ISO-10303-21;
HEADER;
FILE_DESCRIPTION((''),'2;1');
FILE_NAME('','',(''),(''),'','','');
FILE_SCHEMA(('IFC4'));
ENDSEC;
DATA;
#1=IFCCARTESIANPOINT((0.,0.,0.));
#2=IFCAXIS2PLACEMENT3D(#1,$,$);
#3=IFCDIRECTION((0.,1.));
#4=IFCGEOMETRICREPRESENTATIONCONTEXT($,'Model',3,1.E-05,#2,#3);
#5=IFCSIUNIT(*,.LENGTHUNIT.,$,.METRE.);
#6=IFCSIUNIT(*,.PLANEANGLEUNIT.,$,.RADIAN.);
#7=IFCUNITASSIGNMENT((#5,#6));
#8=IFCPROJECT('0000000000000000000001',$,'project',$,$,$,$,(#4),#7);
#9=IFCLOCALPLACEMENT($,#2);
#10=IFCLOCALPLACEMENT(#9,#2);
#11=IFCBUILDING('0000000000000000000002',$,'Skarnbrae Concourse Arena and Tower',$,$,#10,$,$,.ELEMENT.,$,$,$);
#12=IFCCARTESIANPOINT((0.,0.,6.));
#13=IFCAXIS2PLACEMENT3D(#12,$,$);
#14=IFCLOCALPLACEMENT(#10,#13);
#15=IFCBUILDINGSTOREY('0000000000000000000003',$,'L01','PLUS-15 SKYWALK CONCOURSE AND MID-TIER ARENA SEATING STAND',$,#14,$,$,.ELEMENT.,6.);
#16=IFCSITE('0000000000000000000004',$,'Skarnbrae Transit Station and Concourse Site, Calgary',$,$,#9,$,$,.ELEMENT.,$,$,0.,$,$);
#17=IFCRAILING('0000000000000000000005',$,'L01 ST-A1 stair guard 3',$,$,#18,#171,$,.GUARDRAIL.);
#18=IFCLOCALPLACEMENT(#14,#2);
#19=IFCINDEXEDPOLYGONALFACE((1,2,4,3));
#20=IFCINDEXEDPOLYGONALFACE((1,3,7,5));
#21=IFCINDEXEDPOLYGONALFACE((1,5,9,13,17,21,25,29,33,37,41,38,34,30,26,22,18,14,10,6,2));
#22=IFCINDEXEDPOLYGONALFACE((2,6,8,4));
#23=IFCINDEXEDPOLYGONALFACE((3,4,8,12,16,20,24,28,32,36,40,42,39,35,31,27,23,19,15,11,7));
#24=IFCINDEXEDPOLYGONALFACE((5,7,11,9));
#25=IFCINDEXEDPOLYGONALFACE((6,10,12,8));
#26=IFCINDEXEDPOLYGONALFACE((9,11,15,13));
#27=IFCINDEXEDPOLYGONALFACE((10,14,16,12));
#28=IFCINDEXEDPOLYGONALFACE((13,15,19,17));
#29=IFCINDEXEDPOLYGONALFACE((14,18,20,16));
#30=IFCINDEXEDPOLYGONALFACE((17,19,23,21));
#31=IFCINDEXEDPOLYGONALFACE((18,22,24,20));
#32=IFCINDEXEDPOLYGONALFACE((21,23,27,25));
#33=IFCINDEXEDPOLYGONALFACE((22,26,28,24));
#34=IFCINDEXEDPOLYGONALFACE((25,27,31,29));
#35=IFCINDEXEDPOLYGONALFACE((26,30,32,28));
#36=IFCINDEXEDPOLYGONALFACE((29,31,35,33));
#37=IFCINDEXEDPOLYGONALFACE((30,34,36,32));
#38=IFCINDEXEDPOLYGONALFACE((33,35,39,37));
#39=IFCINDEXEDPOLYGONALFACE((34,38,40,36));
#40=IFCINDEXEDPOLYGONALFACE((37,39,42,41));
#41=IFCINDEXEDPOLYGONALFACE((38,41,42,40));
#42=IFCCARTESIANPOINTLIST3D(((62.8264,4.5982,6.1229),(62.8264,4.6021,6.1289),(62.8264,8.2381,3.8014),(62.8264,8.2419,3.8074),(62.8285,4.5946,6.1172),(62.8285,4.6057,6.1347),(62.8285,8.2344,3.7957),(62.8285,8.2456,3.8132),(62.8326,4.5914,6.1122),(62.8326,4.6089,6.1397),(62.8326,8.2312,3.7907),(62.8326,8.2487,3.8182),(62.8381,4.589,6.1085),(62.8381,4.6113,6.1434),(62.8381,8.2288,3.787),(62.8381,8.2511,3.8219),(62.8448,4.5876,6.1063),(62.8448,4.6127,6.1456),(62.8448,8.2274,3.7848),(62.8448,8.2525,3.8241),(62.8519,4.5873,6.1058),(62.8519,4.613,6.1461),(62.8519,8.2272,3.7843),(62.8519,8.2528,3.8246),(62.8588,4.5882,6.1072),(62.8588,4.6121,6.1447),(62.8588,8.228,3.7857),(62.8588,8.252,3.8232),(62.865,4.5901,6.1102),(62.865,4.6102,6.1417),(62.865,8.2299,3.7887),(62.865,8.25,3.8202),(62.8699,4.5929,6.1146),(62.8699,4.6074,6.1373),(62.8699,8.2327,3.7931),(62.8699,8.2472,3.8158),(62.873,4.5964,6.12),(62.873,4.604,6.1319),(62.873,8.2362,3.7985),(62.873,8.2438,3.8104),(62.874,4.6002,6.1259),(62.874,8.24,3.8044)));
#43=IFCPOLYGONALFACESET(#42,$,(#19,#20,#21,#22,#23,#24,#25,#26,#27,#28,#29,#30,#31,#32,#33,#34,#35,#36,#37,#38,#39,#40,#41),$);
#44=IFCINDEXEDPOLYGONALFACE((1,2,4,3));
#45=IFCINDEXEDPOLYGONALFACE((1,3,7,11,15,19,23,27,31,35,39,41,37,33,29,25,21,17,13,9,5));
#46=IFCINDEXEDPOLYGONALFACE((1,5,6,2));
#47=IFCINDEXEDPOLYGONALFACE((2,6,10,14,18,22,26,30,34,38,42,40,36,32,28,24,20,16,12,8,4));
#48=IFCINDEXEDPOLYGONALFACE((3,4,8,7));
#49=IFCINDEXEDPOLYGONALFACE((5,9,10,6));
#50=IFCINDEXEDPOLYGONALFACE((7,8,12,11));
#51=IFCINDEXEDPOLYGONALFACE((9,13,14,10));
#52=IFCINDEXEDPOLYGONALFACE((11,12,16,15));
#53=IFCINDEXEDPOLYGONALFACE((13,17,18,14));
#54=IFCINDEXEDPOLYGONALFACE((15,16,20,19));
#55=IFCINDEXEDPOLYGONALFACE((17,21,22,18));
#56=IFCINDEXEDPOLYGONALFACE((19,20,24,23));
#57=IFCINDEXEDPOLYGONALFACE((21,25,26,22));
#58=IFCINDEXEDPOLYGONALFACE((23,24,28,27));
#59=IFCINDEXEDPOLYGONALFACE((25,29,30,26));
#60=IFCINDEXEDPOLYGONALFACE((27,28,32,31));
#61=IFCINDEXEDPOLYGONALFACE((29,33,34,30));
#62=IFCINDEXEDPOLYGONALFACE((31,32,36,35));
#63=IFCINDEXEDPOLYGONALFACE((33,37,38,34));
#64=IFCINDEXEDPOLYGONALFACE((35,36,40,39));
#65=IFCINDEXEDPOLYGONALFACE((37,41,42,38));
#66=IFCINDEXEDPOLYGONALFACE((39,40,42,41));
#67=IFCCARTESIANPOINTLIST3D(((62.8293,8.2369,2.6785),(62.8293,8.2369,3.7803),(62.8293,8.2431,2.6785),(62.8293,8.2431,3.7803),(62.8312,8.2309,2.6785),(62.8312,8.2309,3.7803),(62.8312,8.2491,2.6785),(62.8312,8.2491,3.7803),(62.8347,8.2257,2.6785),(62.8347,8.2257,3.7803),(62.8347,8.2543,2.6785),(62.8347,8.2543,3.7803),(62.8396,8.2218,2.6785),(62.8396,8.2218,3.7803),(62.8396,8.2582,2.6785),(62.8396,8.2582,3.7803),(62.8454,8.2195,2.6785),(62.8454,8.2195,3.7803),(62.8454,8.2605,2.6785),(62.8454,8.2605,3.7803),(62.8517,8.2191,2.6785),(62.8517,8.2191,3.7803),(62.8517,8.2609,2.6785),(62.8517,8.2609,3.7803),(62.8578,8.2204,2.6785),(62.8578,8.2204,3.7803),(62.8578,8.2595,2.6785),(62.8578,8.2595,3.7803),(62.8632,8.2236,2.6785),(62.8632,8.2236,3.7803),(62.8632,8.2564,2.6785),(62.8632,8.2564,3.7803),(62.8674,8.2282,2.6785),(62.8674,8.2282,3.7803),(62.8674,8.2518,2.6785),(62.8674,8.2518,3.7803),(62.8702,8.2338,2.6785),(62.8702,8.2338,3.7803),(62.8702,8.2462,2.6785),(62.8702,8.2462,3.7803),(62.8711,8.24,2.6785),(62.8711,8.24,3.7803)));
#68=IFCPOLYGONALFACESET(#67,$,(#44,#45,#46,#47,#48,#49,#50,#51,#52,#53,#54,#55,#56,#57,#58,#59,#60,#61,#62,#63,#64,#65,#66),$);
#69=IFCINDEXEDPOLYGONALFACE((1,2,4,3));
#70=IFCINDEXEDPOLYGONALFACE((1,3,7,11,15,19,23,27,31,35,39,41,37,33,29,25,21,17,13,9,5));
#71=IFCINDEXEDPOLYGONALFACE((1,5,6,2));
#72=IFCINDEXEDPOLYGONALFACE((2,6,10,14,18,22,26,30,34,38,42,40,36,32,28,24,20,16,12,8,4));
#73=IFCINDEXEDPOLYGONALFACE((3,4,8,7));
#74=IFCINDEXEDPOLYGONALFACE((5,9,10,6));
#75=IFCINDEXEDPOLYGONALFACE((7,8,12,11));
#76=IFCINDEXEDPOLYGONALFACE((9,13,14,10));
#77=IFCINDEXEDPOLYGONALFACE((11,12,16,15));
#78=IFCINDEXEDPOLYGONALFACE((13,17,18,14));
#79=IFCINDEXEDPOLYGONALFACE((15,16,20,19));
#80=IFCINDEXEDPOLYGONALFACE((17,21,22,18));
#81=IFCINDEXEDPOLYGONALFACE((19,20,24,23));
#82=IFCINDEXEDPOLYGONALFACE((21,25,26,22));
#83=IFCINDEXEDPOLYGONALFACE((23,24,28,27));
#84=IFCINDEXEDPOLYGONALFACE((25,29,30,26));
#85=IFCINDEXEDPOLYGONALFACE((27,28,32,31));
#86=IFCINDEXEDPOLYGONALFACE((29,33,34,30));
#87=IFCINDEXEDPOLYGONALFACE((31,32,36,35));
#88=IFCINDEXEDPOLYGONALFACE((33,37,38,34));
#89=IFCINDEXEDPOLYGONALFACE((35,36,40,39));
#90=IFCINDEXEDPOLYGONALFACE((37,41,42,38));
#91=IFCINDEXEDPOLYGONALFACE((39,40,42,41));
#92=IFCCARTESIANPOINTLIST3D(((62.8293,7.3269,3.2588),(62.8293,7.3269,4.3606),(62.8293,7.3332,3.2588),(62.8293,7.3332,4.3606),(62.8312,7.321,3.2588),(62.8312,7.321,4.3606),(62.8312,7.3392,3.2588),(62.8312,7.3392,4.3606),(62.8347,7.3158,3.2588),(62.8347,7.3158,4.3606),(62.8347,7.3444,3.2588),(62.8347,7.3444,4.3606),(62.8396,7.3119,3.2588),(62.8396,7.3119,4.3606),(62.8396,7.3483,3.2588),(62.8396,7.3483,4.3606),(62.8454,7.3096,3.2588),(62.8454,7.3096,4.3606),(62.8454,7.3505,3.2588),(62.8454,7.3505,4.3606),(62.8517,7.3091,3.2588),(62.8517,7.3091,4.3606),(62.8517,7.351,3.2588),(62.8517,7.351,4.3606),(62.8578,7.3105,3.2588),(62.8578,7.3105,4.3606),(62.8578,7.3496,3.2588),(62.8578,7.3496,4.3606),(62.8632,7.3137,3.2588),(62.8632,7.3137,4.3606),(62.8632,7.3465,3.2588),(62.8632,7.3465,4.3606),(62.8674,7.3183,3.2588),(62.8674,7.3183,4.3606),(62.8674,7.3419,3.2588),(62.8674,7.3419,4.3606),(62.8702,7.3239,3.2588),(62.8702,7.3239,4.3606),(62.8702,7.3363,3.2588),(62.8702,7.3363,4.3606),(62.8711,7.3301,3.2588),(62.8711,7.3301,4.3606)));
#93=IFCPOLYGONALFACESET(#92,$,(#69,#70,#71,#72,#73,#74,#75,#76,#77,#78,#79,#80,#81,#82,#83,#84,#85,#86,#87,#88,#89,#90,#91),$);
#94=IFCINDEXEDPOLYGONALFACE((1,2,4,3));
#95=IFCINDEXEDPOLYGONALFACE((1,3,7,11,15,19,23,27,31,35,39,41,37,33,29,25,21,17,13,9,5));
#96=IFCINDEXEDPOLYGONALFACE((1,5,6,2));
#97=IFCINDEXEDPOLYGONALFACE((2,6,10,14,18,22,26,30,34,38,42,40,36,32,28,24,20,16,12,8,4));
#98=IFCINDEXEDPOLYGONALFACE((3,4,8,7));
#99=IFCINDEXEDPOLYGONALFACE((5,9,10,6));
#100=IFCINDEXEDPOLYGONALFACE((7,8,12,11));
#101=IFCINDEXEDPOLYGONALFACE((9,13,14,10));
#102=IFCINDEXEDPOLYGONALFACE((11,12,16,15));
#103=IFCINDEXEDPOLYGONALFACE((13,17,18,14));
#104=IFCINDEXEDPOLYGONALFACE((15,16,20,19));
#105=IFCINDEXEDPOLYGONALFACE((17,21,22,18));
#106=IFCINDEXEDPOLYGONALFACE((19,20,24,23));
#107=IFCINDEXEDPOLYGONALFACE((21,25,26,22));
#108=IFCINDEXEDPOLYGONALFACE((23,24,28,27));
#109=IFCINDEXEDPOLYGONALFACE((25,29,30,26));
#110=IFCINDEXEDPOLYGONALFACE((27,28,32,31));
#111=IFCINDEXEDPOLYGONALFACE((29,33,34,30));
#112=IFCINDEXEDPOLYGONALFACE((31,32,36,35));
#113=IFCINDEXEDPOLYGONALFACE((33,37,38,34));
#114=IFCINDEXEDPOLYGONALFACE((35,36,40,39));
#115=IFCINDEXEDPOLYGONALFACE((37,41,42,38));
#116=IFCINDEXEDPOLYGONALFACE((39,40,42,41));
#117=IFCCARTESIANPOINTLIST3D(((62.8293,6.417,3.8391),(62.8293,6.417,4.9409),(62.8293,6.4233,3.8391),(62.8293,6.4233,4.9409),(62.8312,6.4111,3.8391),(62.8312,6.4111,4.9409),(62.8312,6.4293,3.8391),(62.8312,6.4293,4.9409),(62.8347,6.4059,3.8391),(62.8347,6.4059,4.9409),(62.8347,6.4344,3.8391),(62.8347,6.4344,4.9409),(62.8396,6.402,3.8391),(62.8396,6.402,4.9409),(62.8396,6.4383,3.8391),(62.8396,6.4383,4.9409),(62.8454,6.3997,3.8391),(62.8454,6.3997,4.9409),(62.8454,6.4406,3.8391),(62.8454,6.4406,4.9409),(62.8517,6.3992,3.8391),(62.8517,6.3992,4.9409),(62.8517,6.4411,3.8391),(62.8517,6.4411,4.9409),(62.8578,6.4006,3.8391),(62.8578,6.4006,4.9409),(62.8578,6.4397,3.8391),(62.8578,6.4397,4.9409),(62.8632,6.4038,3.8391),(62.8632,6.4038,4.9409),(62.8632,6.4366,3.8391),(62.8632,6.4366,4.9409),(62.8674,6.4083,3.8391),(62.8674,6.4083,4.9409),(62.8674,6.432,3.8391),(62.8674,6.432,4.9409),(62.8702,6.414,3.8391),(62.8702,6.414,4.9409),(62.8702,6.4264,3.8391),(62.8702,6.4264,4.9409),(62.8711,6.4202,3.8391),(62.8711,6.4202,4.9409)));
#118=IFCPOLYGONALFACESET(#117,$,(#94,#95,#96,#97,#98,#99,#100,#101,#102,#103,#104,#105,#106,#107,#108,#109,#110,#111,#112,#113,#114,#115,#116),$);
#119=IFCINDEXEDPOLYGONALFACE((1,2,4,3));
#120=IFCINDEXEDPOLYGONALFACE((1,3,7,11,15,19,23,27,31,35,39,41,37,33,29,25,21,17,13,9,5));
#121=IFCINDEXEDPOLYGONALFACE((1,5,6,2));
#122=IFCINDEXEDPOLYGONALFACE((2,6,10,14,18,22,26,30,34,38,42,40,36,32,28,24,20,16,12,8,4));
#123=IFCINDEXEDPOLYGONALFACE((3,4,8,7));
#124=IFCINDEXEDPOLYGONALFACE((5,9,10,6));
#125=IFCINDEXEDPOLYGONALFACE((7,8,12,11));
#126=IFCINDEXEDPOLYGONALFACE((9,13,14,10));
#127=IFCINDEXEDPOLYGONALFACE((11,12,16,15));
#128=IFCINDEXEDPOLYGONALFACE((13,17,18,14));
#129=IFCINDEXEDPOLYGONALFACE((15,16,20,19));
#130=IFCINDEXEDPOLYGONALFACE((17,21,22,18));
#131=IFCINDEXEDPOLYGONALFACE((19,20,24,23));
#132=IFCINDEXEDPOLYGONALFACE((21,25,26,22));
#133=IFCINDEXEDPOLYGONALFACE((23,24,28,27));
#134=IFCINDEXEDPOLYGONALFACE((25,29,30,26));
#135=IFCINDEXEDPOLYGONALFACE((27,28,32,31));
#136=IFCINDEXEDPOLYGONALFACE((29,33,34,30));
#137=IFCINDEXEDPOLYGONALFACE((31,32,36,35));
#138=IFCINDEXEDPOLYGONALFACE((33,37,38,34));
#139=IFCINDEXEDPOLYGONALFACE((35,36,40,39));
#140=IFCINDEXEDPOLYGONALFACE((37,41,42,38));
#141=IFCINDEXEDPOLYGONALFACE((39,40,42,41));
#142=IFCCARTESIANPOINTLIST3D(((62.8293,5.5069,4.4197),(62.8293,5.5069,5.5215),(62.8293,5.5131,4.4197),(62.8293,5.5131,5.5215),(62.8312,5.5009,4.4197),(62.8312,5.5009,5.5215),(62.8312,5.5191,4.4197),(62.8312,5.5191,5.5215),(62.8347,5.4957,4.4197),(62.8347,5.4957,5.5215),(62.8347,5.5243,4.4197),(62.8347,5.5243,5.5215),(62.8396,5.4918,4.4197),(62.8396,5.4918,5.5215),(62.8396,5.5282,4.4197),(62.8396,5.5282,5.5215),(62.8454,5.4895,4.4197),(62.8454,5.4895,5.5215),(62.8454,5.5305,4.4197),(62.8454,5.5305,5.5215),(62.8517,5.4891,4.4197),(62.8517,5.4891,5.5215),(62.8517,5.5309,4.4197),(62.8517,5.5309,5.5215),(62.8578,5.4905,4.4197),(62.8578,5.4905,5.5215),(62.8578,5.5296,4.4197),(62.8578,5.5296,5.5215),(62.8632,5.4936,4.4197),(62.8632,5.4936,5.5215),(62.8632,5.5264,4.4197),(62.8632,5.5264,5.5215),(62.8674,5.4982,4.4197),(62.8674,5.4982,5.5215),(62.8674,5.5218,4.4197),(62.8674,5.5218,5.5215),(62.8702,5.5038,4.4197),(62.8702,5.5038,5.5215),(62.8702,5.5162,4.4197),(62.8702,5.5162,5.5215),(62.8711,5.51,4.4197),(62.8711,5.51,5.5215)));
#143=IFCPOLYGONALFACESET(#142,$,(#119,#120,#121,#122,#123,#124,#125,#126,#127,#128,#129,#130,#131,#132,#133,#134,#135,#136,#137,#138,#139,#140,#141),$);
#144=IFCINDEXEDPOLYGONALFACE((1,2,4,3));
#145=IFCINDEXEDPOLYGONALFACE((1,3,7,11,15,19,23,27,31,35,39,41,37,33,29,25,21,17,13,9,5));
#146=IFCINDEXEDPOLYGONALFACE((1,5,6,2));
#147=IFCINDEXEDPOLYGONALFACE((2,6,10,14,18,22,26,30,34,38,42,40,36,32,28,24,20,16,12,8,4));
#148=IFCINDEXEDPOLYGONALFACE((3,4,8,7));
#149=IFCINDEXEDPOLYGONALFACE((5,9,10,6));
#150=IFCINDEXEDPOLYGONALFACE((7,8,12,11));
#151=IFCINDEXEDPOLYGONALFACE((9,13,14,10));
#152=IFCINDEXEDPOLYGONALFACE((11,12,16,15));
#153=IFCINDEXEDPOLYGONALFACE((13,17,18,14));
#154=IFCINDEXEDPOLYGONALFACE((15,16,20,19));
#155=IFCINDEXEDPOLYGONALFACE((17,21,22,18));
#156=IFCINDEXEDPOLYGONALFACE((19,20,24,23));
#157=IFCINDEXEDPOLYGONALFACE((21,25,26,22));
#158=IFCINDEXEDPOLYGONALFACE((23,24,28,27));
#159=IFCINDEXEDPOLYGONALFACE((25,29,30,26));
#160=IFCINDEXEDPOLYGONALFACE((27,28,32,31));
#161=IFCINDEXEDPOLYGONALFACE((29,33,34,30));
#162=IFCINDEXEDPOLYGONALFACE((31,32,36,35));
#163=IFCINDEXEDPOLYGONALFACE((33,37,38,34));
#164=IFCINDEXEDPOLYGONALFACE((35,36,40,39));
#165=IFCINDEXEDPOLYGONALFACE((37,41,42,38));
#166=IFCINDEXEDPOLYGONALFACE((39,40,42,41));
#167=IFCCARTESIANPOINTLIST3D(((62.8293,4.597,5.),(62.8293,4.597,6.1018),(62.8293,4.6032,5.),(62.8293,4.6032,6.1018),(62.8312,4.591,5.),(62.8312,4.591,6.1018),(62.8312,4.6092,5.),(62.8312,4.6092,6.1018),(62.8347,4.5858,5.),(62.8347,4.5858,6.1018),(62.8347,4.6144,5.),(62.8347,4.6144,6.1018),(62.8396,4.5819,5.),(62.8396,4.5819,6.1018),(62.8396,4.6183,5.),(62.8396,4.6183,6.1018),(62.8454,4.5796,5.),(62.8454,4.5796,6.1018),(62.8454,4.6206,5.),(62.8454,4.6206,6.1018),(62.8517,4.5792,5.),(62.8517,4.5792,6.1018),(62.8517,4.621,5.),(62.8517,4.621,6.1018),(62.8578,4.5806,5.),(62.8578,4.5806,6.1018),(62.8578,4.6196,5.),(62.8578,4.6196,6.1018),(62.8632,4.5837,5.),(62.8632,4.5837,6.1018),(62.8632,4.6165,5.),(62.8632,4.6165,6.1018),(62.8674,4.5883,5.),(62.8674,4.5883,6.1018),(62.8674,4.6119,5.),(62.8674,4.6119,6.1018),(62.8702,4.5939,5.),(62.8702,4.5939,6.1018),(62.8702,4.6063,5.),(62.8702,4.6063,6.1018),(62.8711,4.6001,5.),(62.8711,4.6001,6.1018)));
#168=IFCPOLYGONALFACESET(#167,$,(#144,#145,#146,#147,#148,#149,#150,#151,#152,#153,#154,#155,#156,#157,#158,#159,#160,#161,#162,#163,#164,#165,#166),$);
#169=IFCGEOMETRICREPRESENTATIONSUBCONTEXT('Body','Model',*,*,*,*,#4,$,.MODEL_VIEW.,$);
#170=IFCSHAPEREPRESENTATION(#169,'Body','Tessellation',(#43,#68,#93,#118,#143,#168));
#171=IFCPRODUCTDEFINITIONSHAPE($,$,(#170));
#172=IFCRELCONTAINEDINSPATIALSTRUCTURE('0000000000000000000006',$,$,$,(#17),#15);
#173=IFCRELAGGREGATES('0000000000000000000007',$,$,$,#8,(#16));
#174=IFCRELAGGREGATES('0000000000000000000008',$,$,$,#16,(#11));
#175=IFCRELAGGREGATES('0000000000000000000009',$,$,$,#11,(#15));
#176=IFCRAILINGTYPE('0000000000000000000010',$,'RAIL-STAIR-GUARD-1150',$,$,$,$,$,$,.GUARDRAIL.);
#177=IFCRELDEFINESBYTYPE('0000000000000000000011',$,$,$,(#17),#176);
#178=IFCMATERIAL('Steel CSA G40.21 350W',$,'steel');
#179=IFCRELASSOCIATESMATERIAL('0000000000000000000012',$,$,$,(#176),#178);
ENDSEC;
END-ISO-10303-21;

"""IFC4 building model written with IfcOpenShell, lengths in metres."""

from ifc_helpers import new_model, si_unit, direction, frame, origin, origin_2d, place, context, subcontext, project, spatial, circle, extrude, material, type_object, element, save


model = new_model("IFC4")

# Units and contexts
model_context = context("Model", 3, precision=1e-05, world=origin(), true_north=direction((0.0, 1.0)))
body_context = subcontext(model_context, "Body", "Model", "MODEL_VIEW")
ifc_project = project(units=[si_unit("LENGTHUNIT", "METRE"), si_unit("PLANEANGLEUNIT", "RADIAN")], contexts=[model_context])

# Site, building, storey
site_placement = place(None, origin())
site = spatial("IfcSite", under=ifc_project, at=site_placement, Name="Skarnbrae Transit Station and Concourse Site, Calgary", CompositionType="ELEMENT", RefElevation=0.0)
building_placement = place(site_placement, origin())
building = spatial("IfcBuilding", under=site, at=building_placement, Name="Skarnbrae Concourse Arena and Tower", CompositionType="ELEMENT")
storey_placement = place(building_placement, frame((0.0, 0.0, 6.0)))
storey = spatial("IfcBuildingStorey", under=building, at=storey_placement, Name="L01", Description="PLUS-15 SKYWALK CONCOURSE AND MID-TIER ARENA SEATING STAND", CompositionType="ELEMENT", Elevation=6.0)

# Shared definitions
ifc_material_1 = material(Name="Steel CSA G40.21 350W", Category="steel")

# Railing
railing_type_1 = type_object("IfcRailingType", Name="RAIL-STAIR-GUARD-1150", PredefinedType="GUARDRAIL", material=ifc_material_1)
railing_1_placement = place(storey_placement, frame((62.8501, 8.24, 2.6785)))
element("IfcRailing", 1, at=railing_1_placement, inside=storey, type_object=railing_type_1, Name="L01 ST-A1 stair guard 3", PredefinedType="GUARDRAIL", context=body_context, shape_type="SweptSolid", body=[
    extrude(circle(Radius=0.0239, at=origin_2d()), frame((0.0, 0.0, 1.126), z_axis=(0.0, -0.843112, 0.537739), x_axis=(1.0, 0.0, 0.0)), (0.0, 0.0, 1.0), 4.3171),
    extrude(circle(Radius=0.021, at=origin_2d()), origin(), (0.0, 0.0, 1.0), 1.1018),
    extrude(circle(Radius=0.021, at=origin_2d()), frame((0.0, -0.9099, 0.5803)), (0.0, 0.0, 1.0), 1.1018),
    extrude(circle(Radius=0.021, at=origin_2d()), frame((0.0, -1.8198, 1.1606)), (0.0, 0.0, 1.0), 1.1018),
    extrude(circle(Radius=0.021, at=origin_2d()), frame((0.0, -2.73, 1.7412)), (0.0, 0.0, 1.0), 1.1018),
    extrude(circle(Radius=0.021, at=origin_2d()), frame((0.0, -3.6399, 2.3215)), (0.0, 0.0, 1.0), 1.1018),
])

save(model, "model.ifc")
